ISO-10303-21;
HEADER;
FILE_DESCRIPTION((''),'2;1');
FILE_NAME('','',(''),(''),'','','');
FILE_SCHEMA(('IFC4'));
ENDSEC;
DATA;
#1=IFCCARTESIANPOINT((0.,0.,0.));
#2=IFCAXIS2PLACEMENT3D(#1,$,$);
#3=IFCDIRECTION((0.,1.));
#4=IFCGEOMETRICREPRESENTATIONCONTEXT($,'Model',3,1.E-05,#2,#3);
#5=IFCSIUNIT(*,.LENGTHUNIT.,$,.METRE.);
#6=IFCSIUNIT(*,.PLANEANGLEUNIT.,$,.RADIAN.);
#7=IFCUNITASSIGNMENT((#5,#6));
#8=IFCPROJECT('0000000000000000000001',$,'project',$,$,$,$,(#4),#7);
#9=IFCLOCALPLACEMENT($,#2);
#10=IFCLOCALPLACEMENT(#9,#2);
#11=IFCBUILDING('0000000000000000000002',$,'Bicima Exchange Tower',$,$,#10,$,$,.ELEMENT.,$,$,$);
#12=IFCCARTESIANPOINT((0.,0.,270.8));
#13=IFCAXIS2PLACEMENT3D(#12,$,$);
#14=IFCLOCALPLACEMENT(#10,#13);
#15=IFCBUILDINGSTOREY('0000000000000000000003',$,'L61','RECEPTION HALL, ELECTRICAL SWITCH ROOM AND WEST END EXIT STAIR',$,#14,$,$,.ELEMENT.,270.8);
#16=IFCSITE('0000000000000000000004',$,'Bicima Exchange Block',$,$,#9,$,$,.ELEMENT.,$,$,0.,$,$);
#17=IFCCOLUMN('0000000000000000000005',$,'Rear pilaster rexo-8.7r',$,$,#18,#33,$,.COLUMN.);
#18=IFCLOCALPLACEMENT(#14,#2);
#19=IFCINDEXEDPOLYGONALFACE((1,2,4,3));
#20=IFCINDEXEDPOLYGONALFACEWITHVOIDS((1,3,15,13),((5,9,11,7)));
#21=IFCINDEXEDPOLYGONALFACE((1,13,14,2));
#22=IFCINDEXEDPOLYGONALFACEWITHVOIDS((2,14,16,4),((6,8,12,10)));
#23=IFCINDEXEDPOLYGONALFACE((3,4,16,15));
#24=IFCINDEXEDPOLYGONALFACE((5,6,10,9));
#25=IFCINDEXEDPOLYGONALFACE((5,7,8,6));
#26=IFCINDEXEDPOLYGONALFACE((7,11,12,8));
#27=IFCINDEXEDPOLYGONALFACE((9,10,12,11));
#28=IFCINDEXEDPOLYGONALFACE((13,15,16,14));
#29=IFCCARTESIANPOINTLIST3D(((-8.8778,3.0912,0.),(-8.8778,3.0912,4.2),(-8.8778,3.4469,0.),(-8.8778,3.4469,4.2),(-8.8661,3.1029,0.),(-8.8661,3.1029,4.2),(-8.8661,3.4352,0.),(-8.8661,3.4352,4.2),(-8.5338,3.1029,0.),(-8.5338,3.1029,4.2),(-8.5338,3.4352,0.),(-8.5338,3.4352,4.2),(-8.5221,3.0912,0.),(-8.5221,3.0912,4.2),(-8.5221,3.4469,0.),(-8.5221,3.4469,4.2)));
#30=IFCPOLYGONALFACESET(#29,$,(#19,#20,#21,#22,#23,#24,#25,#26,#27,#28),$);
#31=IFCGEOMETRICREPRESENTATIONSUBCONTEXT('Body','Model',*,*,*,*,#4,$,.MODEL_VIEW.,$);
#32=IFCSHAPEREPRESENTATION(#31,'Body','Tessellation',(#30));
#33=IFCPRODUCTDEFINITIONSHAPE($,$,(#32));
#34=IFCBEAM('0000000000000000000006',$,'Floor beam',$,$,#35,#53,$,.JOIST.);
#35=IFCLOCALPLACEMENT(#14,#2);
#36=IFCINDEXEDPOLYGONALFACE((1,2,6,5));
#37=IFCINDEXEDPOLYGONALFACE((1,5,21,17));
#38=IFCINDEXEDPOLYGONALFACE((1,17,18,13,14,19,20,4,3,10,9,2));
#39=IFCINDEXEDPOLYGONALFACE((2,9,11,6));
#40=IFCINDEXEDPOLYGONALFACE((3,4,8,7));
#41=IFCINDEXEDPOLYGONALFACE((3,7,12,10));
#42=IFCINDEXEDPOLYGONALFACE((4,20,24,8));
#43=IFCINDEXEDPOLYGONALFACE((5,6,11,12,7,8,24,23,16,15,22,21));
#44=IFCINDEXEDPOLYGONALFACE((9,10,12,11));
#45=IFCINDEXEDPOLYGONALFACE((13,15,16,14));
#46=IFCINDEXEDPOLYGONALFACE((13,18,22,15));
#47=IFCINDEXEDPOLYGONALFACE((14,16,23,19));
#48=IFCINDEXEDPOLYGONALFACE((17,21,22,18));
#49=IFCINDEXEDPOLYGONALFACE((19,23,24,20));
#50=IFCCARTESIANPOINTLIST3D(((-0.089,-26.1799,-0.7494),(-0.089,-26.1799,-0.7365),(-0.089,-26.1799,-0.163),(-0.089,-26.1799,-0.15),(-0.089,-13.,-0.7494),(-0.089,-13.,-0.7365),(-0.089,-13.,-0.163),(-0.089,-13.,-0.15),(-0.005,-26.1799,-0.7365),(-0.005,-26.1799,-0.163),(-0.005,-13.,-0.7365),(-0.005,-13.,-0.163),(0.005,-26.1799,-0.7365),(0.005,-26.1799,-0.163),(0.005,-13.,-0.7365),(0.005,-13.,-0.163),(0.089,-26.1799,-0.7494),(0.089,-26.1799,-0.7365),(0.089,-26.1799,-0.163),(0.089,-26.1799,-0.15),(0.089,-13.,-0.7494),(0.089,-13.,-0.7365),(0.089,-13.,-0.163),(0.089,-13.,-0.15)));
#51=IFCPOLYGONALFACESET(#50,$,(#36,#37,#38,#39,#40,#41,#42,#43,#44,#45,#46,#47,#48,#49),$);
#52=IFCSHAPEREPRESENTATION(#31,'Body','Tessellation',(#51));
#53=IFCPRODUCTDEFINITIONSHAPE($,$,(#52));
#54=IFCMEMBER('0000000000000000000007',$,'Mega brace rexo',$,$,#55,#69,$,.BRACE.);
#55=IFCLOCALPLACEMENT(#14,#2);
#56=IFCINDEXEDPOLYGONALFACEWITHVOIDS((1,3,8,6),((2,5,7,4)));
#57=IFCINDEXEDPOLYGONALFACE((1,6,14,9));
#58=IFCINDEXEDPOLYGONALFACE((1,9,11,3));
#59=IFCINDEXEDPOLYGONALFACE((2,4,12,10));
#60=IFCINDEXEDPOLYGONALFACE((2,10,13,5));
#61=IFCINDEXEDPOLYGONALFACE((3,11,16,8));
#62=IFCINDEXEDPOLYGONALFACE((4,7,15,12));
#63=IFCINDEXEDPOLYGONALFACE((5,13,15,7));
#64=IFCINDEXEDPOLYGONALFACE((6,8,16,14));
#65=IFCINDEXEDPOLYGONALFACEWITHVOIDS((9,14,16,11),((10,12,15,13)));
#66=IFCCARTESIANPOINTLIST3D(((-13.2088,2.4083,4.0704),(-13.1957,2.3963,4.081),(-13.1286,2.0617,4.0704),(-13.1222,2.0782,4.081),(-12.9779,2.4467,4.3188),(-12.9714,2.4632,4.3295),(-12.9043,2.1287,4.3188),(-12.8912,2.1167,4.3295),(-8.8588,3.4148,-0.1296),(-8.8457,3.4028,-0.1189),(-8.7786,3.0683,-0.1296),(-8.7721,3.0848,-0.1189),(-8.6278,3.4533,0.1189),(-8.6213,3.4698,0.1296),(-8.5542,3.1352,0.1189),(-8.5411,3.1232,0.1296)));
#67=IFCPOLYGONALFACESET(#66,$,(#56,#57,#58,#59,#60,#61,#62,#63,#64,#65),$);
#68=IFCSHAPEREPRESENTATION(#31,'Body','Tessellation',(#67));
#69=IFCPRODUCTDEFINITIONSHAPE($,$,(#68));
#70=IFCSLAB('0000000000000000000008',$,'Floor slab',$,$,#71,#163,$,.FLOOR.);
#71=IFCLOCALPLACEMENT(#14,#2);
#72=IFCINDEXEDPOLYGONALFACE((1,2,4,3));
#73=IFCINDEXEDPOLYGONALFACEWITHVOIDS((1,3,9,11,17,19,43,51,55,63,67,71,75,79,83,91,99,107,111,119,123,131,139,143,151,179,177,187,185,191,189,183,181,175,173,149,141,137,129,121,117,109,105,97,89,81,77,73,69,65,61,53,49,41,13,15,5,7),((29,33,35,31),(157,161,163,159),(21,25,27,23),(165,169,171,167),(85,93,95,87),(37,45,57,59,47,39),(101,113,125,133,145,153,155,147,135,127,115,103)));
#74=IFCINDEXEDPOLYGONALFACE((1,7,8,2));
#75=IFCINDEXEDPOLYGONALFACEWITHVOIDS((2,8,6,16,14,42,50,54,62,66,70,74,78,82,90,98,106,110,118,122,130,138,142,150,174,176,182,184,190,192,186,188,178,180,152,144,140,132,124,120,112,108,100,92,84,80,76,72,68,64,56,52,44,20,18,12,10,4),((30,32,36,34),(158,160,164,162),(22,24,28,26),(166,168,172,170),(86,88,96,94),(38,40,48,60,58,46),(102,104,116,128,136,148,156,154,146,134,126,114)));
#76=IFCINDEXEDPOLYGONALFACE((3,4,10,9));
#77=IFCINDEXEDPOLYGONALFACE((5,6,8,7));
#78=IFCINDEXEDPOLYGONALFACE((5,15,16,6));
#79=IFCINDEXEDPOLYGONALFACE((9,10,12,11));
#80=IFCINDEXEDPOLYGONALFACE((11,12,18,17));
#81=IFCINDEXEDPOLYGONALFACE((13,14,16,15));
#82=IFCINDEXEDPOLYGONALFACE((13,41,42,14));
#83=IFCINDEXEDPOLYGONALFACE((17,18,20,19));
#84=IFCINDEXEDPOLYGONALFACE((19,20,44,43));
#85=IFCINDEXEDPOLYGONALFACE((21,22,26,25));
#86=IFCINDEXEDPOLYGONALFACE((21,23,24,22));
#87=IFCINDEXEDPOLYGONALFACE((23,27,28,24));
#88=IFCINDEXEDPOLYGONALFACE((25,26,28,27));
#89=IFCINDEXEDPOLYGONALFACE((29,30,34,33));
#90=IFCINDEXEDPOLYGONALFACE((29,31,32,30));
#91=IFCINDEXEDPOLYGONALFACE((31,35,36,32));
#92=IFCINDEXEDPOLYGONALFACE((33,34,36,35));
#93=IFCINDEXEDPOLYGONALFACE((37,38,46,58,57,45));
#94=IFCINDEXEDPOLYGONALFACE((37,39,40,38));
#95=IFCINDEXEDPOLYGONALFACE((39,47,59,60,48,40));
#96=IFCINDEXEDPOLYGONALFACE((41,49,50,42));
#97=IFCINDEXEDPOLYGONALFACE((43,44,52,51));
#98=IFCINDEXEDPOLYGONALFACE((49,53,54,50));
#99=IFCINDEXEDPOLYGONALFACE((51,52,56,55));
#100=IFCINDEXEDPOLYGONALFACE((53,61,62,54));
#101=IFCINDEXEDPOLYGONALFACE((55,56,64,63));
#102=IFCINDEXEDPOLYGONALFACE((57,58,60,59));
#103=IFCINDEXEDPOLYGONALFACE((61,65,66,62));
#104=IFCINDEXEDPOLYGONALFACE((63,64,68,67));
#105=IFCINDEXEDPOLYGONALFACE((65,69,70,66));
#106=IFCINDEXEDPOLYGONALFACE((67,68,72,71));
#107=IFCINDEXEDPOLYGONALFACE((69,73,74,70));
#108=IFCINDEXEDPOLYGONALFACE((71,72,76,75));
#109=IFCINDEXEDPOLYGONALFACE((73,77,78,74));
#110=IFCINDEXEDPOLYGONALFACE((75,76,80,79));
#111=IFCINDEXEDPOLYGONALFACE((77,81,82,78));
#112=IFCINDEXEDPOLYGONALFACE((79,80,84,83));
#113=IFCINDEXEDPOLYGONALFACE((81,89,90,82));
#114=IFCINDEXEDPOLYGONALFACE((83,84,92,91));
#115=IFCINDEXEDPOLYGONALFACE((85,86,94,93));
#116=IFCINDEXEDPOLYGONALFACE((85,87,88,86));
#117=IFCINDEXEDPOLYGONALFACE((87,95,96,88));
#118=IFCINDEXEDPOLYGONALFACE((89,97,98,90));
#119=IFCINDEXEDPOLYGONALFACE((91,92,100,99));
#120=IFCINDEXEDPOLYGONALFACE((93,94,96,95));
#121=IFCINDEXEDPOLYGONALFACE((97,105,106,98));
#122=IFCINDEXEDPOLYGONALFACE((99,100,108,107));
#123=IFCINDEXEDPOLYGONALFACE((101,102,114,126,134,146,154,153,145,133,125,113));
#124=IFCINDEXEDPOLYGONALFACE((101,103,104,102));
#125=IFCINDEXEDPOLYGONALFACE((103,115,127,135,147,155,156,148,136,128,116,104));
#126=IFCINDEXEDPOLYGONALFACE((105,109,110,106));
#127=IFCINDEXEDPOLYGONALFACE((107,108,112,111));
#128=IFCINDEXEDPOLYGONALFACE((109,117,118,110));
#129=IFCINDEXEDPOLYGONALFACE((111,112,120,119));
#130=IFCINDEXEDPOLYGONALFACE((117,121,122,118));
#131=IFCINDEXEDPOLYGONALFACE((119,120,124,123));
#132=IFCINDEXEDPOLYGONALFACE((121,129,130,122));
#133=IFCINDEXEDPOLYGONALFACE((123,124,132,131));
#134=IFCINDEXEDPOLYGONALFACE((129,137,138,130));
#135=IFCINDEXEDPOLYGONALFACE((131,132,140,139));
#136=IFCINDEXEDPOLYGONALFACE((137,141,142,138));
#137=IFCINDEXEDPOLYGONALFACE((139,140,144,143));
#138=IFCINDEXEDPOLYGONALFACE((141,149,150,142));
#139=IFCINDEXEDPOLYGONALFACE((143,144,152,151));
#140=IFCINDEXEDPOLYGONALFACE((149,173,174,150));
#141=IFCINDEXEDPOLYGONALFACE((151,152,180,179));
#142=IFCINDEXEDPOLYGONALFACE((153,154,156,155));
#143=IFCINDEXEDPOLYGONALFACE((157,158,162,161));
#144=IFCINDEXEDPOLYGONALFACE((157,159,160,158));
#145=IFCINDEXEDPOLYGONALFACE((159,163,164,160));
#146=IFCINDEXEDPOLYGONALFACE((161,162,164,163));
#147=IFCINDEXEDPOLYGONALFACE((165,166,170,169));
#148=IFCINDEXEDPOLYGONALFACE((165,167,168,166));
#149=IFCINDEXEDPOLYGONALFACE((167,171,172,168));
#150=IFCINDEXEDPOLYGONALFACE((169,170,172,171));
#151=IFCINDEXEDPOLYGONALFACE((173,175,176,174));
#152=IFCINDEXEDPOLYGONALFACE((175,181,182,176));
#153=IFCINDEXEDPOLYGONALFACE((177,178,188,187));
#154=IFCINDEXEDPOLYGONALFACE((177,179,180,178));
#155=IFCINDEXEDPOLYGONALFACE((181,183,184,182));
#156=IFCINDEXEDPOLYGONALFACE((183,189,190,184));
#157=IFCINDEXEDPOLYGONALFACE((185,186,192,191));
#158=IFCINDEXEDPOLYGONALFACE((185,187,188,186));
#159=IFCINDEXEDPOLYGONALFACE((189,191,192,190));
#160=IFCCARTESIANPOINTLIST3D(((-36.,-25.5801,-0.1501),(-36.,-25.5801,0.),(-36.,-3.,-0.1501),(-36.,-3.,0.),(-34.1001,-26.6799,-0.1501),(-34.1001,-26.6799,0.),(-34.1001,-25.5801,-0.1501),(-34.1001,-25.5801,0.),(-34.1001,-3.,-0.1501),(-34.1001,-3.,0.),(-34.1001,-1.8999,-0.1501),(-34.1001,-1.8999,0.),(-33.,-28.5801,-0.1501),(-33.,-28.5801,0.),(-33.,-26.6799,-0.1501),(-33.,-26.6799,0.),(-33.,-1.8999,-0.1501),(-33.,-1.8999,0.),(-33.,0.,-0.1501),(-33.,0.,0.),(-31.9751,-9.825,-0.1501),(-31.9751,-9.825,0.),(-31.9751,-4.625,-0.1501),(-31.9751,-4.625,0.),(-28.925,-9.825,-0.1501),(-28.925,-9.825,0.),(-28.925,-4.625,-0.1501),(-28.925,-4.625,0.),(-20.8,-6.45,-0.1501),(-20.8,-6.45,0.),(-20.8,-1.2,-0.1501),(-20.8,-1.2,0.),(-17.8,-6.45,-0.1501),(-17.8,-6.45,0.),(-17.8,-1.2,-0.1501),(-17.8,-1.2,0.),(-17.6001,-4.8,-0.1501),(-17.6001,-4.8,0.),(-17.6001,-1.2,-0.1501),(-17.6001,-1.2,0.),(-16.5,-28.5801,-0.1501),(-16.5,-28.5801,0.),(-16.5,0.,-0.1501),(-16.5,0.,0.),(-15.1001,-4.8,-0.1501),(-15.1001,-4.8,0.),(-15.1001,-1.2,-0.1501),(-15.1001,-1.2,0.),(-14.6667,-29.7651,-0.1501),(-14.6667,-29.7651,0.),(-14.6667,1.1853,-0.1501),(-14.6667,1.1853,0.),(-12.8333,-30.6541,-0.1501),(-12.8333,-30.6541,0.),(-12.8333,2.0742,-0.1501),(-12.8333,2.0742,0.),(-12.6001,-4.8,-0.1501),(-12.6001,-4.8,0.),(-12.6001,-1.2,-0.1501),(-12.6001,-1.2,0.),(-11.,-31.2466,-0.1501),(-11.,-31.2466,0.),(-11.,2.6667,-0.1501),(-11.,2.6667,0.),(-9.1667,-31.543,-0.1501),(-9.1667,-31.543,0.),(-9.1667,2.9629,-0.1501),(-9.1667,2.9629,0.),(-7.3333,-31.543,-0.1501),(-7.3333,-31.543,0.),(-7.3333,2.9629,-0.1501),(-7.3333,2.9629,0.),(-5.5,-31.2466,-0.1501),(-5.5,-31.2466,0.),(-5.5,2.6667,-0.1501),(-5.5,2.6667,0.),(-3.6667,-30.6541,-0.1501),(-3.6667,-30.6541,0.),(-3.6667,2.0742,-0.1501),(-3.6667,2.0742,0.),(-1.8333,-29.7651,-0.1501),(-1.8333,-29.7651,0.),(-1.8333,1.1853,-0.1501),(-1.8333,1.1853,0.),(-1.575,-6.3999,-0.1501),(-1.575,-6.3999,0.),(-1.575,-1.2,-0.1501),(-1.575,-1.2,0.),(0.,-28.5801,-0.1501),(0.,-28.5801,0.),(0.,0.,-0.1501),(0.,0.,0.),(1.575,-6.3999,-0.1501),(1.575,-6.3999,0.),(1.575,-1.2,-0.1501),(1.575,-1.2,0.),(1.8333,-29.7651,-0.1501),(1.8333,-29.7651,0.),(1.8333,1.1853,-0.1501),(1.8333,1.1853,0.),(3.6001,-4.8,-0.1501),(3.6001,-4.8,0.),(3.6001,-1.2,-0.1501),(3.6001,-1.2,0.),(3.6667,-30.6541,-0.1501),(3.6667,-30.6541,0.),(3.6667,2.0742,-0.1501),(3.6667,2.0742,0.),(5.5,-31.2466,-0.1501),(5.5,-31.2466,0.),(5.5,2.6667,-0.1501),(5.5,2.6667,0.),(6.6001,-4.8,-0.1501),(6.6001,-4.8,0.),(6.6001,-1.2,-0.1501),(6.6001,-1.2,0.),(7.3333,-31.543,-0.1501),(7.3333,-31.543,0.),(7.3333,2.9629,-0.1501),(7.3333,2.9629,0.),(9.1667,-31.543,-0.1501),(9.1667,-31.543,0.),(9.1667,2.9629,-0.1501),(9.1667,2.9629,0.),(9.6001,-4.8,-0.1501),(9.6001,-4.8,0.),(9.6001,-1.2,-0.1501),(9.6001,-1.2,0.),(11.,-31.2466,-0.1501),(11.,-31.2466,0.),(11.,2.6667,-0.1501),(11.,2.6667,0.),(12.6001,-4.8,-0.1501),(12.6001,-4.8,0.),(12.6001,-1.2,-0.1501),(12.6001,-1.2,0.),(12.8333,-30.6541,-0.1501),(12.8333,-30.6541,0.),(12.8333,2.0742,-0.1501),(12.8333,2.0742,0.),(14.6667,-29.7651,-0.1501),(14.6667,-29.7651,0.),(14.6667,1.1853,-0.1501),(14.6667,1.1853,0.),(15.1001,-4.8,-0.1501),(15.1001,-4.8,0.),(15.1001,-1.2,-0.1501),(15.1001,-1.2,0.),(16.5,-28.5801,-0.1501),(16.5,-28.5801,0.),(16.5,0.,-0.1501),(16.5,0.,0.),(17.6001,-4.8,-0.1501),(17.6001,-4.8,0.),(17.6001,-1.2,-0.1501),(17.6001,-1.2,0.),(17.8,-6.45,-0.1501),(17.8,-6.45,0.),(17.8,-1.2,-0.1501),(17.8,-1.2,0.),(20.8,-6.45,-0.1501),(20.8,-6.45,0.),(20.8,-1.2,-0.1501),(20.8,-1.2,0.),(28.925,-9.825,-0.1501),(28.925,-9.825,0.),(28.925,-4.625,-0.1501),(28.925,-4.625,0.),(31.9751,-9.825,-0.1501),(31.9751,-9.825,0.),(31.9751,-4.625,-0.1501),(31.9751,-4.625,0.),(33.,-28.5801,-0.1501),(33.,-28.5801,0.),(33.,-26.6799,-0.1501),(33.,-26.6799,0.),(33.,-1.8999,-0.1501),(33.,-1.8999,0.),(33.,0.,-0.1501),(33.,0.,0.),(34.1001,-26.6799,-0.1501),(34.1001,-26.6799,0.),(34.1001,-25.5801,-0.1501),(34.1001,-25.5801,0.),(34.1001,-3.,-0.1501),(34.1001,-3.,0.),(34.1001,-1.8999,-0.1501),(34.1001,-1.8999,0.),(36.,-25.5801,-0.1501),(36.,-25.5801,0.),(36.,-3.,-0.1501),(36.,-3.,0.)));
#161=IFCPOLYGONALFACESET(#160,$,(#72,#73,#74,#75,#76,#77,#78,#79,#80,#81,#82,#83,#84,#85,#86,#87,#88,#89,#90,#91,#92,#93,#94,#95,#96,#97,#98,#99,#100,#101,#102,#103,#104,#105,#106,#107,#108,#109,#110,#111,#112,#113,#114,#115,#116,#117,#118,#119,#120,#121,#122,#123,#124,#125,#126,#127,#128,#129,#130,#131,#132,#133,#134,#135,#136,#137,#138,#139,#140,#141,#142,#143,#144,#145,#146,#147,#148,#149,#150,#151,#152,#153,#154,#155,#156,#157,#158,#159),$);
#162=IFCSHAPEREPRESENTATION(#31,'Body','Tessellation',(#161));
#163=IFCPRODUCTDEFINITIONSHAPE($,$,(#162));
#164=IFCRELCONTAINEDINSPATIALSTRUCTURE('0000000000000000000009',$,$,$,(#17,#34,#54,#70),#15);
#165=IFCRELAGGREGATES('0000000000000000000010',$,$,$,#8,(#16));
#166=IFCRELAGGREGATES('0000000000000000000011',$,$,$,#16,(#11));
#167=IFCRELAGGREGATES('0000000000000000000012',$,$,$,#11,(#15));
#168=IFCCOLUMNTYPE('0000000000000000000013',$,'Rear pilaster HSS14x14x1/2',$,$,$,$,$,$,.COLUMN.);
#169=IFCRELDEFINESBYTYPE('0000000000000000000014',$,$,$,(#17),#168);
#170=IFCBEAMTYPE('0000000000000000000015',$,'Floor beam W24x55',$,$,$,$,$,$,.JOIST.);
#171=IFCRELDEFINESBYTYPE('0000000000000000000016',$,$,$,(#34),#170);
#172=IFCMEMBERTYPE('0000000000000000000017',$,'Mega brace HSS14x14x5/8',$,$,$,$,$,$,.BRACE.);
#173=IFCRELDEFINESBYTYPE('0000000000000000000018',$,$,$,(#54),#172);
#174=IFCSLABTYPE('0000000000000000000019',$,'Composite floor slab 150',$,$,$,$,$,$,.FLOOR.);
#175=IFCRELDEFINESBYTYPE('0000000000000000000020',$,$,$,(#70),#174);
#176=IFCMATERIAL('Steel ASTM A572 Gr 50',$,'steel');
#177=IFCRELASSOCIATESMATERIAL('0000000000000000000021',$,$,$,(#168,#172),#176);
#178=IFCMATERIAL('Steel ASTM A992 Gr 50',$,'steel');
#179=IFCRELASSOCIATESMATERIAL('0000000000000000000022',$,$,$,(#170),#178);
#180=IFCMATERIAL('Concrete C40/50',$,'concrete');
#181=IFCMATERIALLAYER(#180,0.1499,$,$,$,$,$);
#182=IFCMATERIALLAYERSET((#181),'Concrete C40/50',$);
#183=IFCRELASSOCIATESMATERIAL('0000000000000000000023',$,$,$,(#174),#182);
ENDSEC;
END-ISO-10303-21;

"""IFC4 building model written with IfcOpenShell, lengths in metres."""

from ifc_helpers import new_model, si_unit, direction, frame, origin, origin_2d, place, context, subcontext, project, spatial, polyline, hollow_rectangle, i_section, outline, extrude, material, layer, layer_set, material_profile, profile_set, type_object, element, save


model = new_model("IFC4")

# Units and contexts
model_context = context("Model", 3, precision=1e-05, world=origin(), true_north=direction((0.0, 1.0)))
body_context = subcontext(model_context, "Body", "Model", "MODEL_VIEW")
ifc_project = project(units=[si_unit("LENGTHUNIT", "METRE"), si_unit("PLANEANGLEUNIT", "RADIAN")], contexts=[model_context])

# Site, building, storey
site_placement = place(None, origin())
site = spatial("IfcSite", under=ifc_project, at=site_placement, Name="Bicima Exchange Block", CompositionType="ELEMENT", RefElevation=0.0)
building_placement = place(site_placement, origin())
building = spatial("IfcBuilding", under=site, at=building_placement, Name="Bicima Exchange Tower", CompositionType="ELEMENT")
storey_placement = place(building_placement, frame((0.0, 0.0, 270.8)))
storey = spatial("IfcBuildingStorey", under=building, at=storey_placement, Name="L61", Description="RECEPTION HALL, ELECTRICAL SWITCH ROOM AND WEST END EXIT STAIR", CompositionType="ELEMENT", Elevation=270.8)

# Column
ifc_material_1 = material(Name="Steel ASTM A572 Gr 50", Category="steel")
ifc_material_profile_1 = material_profile(ifc_material_1, hollow_rectangle(XDim=0.3557, YDim=0.3557, WallThickness=0.0117, at=origin_2d()))
ifc_profile_set_1 = profile_set([ifc_material_profile_1], Name="Steel ASTM A572 Gr 50")
column_type = type_object("IfcColumnType", Name="Rear pilaster HSS14x14x1/2", PredefinedType="COLUMN", material=ifc_profile_set_1)
column_placement = place(storey_placement, frame((-8.7, 3.269, 0.0), z_axis=(0.0, 0.0, 1.0), x_axis=(1.0, 0.0, 0.0)))
element("IfcColumn", 1, at=column_placement, inside=storey, type_object=column_type, Name="Rear pilaster rexo-8.7r", PredefinedType="COLUMN", context=body_context, shape_type="SweptSolid", body=[
    extrude(hollow_rectangle(XDim=0.3557, YDim=0.3557, WallThickness=0.0117, at=origin_2d()), origin(), (0.0, 0.0, 1.0), 4.2),
])

# Beam
ifc_material_2 = material(Name="Steel ASTM A992 Gr 50", Category="steel")
ifc_material_profile_2 = material_profile(ifc_material_2, i_section(OverallWidth=0.178, OverallDepth=0.5994, WebThickness=0.01, FlangeThickness=0.0129, at=origin_2d()))
ifc_profile_set_2 = profile_set([ifc_material_profile_2], Name="Steel ASTM A992 Gr 50")
beam_type = type_object("IfcBeamType", Name="Floor beam W24x55", PredefinedType="JOIST", material=ifc_profile_set_2)
beam_placement = place(storey_placement, frame((0.0, -13.0, -0.4497), z_axis=(0.0, -1.0, 0.0), x_axis=(1.0, 0.0, 0.0)))
element("IfcBeam", 2, at=beam_placement, inside=storey, type_object=beam_type, Name="Floor beam", PredefinedType="JOIST", context=body_context, shape_type="SweptSolid", body=[
    extrude(i_section(OverallWidth=0.178, OverallDepth=0.5994, WebThickness=0.01, FlangeThickness=0.0129, at=origin_2d()), origin(), (0.0, 0.0, 1.0), 13.1799),
])

# Member
ifc_material_profile_3 = material_profile(ifc_material_1, hollow_rectangle(XDim=0.3557, YDim=0.3557, WallThickness=0.0146, at=origin_2d()))
ifc_profile_set_3 = profile_set([ifc_material_profile_3], Name="Steel ASTM A572 Gr 50")
member_type = type_object("IfcMemberType", Name="Mega brace HSS14x14x5/8", PredefinedType="BRACE", material=ifc_profile_set_3)
member_placement = place(storey_placement, frame((-8.7, 3.269, 0.0), z_axis=(-0.709648, -0.164209, 0.685154), x_axis=(0.225439, -0.974257, 0.0)))
element("IfcMember", 3, at=member_placement, inside=storey, type_object=member_type, Name="Mega brace rexo", PredefinedType="BRACE", context=body_context, shape_type="SweptSolid", body=[
    extrude(hollow_rectangle(XDim=0.3557, YDim=0.3557, WallThickness=0.0146, at=origin_2d()), origin(), (0.0, 0.0, 1.0), 6.1299),
])

# Slab
ifc_material_3 = material(Name="Concrete C40/50", Category="concrete")
ifc_layer_1 = layer(ifc_material_3, 0.1499)
ifc_layer_set_1 = layer_set([ifc_layer_1], Name="Concrete C40/50")
slab_type_1 = type_object("IfcSlabType", Name="Composite floor slab 150", PredefinedType="FLOOR", material=ifc_layer_set_1)
slab_1_placement = place(storey_placement, frame((0.0, 0.0, -0.1501)))
element("IfcSlab", 4, at=slab_1_placement, inside=storey, type_object=slab_type_1, Name="Floor slab", PredefinedType="FLOOR", context=body_context, shape_type="SweptSolid", body=[
    extrude(outline(polyline([(-36.0, -25.5801), (-36.0, -3.0), (-34.1001, -3.0), (-34.1001, -1.8999), (-33.0, -1.8999), (-33.0, 0.0), (-16.5, 0.0), (-14.6667, 1.1853), (-12.8333, 2.0742), (-11.0, 2.6667), (-9.1667, 2.9629), (-7.3333, 2.9629), (-5.5, 2.6667), (-3.6667, 2.0742), (-1.8333, 1.1853), (0.0, 0.0), (1.8333, 1.1853), (3.6667, 2.0742), (5.5, 2.6667), (7.3333, 2.9629), (9.1667, 2.9629), (11.0, 2.6667), (12.8333, 2.0742), (14.6667, 1.1853), (16.5, 0.0), (33.0, 0.0), (33.0, -1.8999), (34.1001, -1.8999), (34.1001, -3.0), (36.0, -3.0), (36.0, -25.5801), (34.1001, -25.5801), (34.1001, -26.6799), (33.0, -26.6799), (33.0, -28.5801), (16.5, -28.5801), (14.6667, -29.7651), (12.8333, -30.6541), (11.0, -31.2466), (9.1667, -31.543), (7.3333, -31.543), (5.5, -31.2466), (3.6667, -30.6541), (1.8333, -29.7651), (0.0, -28.5801), (-1.8333, -29.7651), (-3.6667, -30.6541), (-5.5, -31.2466), (-7.3333, -31.543), (-9.1667, -31.543), (-11.0, -31.2466), (-12.8333, -30.6541), (-14.6667, -29.7651), (-16.5, -28.5801), (-33.0, -28.5801), (-33.0, -26.6799), (-34.1001, -26.6799), (-34.1001, -25.5801), (-36.0, -25.5801)]), holes=[polyline([(-28.925, -9.825), (-28.925, -4.625), (-31.9751, -4.625), (-31.9751, -9.825), (-28.925, -9.825)]), polyline([(-20.8, -6.45), (-17.8, -6.45), (-17.8, -1.2), (-20.8, -1.2), (-20.8, -6.45)]), polyline([(-1.575, -6.3999), (1.575, -6.3999), (1.575, -1.2), (-1.575, -1.2), (-1.575, -6.3999)]), polyline([(-12.6001, -1.2), (-15.1001, -1.2), (-17.6001, -1.2), (-17.6001, -4.8), (-15.1001, -4.8), (-12.6001, -4.8), (-12.6001, -1.2)]), polyline([(3.6001, -4.8), (6.6001, -4.8), (9.6001, -4.8), (12.6001, -4.8), (15.1001, -4.8), (17.6001, -4.8), (17.6001, -1.2), (15.1001, -1.2), (12.6001, -1.2), (9.6001, -1.2), (6.6001, -1.2), (3.6001, -1.2), (3.6001, -4.8)]), polyline([(31.9751, -9.825), (31.9751, -4.625), (28.925, -4.625), (28.925, -9.825), (31.9751, -9.825)]), polyline([(17.8, -6.45), (20.8, -6.45), (20.8, -1.2), (17.8, -1.2), (17.8, -6.45)])]), origin(), (0.0, 0.0, 1.0), 0.1501),
])

save(model, "model.ifc")
